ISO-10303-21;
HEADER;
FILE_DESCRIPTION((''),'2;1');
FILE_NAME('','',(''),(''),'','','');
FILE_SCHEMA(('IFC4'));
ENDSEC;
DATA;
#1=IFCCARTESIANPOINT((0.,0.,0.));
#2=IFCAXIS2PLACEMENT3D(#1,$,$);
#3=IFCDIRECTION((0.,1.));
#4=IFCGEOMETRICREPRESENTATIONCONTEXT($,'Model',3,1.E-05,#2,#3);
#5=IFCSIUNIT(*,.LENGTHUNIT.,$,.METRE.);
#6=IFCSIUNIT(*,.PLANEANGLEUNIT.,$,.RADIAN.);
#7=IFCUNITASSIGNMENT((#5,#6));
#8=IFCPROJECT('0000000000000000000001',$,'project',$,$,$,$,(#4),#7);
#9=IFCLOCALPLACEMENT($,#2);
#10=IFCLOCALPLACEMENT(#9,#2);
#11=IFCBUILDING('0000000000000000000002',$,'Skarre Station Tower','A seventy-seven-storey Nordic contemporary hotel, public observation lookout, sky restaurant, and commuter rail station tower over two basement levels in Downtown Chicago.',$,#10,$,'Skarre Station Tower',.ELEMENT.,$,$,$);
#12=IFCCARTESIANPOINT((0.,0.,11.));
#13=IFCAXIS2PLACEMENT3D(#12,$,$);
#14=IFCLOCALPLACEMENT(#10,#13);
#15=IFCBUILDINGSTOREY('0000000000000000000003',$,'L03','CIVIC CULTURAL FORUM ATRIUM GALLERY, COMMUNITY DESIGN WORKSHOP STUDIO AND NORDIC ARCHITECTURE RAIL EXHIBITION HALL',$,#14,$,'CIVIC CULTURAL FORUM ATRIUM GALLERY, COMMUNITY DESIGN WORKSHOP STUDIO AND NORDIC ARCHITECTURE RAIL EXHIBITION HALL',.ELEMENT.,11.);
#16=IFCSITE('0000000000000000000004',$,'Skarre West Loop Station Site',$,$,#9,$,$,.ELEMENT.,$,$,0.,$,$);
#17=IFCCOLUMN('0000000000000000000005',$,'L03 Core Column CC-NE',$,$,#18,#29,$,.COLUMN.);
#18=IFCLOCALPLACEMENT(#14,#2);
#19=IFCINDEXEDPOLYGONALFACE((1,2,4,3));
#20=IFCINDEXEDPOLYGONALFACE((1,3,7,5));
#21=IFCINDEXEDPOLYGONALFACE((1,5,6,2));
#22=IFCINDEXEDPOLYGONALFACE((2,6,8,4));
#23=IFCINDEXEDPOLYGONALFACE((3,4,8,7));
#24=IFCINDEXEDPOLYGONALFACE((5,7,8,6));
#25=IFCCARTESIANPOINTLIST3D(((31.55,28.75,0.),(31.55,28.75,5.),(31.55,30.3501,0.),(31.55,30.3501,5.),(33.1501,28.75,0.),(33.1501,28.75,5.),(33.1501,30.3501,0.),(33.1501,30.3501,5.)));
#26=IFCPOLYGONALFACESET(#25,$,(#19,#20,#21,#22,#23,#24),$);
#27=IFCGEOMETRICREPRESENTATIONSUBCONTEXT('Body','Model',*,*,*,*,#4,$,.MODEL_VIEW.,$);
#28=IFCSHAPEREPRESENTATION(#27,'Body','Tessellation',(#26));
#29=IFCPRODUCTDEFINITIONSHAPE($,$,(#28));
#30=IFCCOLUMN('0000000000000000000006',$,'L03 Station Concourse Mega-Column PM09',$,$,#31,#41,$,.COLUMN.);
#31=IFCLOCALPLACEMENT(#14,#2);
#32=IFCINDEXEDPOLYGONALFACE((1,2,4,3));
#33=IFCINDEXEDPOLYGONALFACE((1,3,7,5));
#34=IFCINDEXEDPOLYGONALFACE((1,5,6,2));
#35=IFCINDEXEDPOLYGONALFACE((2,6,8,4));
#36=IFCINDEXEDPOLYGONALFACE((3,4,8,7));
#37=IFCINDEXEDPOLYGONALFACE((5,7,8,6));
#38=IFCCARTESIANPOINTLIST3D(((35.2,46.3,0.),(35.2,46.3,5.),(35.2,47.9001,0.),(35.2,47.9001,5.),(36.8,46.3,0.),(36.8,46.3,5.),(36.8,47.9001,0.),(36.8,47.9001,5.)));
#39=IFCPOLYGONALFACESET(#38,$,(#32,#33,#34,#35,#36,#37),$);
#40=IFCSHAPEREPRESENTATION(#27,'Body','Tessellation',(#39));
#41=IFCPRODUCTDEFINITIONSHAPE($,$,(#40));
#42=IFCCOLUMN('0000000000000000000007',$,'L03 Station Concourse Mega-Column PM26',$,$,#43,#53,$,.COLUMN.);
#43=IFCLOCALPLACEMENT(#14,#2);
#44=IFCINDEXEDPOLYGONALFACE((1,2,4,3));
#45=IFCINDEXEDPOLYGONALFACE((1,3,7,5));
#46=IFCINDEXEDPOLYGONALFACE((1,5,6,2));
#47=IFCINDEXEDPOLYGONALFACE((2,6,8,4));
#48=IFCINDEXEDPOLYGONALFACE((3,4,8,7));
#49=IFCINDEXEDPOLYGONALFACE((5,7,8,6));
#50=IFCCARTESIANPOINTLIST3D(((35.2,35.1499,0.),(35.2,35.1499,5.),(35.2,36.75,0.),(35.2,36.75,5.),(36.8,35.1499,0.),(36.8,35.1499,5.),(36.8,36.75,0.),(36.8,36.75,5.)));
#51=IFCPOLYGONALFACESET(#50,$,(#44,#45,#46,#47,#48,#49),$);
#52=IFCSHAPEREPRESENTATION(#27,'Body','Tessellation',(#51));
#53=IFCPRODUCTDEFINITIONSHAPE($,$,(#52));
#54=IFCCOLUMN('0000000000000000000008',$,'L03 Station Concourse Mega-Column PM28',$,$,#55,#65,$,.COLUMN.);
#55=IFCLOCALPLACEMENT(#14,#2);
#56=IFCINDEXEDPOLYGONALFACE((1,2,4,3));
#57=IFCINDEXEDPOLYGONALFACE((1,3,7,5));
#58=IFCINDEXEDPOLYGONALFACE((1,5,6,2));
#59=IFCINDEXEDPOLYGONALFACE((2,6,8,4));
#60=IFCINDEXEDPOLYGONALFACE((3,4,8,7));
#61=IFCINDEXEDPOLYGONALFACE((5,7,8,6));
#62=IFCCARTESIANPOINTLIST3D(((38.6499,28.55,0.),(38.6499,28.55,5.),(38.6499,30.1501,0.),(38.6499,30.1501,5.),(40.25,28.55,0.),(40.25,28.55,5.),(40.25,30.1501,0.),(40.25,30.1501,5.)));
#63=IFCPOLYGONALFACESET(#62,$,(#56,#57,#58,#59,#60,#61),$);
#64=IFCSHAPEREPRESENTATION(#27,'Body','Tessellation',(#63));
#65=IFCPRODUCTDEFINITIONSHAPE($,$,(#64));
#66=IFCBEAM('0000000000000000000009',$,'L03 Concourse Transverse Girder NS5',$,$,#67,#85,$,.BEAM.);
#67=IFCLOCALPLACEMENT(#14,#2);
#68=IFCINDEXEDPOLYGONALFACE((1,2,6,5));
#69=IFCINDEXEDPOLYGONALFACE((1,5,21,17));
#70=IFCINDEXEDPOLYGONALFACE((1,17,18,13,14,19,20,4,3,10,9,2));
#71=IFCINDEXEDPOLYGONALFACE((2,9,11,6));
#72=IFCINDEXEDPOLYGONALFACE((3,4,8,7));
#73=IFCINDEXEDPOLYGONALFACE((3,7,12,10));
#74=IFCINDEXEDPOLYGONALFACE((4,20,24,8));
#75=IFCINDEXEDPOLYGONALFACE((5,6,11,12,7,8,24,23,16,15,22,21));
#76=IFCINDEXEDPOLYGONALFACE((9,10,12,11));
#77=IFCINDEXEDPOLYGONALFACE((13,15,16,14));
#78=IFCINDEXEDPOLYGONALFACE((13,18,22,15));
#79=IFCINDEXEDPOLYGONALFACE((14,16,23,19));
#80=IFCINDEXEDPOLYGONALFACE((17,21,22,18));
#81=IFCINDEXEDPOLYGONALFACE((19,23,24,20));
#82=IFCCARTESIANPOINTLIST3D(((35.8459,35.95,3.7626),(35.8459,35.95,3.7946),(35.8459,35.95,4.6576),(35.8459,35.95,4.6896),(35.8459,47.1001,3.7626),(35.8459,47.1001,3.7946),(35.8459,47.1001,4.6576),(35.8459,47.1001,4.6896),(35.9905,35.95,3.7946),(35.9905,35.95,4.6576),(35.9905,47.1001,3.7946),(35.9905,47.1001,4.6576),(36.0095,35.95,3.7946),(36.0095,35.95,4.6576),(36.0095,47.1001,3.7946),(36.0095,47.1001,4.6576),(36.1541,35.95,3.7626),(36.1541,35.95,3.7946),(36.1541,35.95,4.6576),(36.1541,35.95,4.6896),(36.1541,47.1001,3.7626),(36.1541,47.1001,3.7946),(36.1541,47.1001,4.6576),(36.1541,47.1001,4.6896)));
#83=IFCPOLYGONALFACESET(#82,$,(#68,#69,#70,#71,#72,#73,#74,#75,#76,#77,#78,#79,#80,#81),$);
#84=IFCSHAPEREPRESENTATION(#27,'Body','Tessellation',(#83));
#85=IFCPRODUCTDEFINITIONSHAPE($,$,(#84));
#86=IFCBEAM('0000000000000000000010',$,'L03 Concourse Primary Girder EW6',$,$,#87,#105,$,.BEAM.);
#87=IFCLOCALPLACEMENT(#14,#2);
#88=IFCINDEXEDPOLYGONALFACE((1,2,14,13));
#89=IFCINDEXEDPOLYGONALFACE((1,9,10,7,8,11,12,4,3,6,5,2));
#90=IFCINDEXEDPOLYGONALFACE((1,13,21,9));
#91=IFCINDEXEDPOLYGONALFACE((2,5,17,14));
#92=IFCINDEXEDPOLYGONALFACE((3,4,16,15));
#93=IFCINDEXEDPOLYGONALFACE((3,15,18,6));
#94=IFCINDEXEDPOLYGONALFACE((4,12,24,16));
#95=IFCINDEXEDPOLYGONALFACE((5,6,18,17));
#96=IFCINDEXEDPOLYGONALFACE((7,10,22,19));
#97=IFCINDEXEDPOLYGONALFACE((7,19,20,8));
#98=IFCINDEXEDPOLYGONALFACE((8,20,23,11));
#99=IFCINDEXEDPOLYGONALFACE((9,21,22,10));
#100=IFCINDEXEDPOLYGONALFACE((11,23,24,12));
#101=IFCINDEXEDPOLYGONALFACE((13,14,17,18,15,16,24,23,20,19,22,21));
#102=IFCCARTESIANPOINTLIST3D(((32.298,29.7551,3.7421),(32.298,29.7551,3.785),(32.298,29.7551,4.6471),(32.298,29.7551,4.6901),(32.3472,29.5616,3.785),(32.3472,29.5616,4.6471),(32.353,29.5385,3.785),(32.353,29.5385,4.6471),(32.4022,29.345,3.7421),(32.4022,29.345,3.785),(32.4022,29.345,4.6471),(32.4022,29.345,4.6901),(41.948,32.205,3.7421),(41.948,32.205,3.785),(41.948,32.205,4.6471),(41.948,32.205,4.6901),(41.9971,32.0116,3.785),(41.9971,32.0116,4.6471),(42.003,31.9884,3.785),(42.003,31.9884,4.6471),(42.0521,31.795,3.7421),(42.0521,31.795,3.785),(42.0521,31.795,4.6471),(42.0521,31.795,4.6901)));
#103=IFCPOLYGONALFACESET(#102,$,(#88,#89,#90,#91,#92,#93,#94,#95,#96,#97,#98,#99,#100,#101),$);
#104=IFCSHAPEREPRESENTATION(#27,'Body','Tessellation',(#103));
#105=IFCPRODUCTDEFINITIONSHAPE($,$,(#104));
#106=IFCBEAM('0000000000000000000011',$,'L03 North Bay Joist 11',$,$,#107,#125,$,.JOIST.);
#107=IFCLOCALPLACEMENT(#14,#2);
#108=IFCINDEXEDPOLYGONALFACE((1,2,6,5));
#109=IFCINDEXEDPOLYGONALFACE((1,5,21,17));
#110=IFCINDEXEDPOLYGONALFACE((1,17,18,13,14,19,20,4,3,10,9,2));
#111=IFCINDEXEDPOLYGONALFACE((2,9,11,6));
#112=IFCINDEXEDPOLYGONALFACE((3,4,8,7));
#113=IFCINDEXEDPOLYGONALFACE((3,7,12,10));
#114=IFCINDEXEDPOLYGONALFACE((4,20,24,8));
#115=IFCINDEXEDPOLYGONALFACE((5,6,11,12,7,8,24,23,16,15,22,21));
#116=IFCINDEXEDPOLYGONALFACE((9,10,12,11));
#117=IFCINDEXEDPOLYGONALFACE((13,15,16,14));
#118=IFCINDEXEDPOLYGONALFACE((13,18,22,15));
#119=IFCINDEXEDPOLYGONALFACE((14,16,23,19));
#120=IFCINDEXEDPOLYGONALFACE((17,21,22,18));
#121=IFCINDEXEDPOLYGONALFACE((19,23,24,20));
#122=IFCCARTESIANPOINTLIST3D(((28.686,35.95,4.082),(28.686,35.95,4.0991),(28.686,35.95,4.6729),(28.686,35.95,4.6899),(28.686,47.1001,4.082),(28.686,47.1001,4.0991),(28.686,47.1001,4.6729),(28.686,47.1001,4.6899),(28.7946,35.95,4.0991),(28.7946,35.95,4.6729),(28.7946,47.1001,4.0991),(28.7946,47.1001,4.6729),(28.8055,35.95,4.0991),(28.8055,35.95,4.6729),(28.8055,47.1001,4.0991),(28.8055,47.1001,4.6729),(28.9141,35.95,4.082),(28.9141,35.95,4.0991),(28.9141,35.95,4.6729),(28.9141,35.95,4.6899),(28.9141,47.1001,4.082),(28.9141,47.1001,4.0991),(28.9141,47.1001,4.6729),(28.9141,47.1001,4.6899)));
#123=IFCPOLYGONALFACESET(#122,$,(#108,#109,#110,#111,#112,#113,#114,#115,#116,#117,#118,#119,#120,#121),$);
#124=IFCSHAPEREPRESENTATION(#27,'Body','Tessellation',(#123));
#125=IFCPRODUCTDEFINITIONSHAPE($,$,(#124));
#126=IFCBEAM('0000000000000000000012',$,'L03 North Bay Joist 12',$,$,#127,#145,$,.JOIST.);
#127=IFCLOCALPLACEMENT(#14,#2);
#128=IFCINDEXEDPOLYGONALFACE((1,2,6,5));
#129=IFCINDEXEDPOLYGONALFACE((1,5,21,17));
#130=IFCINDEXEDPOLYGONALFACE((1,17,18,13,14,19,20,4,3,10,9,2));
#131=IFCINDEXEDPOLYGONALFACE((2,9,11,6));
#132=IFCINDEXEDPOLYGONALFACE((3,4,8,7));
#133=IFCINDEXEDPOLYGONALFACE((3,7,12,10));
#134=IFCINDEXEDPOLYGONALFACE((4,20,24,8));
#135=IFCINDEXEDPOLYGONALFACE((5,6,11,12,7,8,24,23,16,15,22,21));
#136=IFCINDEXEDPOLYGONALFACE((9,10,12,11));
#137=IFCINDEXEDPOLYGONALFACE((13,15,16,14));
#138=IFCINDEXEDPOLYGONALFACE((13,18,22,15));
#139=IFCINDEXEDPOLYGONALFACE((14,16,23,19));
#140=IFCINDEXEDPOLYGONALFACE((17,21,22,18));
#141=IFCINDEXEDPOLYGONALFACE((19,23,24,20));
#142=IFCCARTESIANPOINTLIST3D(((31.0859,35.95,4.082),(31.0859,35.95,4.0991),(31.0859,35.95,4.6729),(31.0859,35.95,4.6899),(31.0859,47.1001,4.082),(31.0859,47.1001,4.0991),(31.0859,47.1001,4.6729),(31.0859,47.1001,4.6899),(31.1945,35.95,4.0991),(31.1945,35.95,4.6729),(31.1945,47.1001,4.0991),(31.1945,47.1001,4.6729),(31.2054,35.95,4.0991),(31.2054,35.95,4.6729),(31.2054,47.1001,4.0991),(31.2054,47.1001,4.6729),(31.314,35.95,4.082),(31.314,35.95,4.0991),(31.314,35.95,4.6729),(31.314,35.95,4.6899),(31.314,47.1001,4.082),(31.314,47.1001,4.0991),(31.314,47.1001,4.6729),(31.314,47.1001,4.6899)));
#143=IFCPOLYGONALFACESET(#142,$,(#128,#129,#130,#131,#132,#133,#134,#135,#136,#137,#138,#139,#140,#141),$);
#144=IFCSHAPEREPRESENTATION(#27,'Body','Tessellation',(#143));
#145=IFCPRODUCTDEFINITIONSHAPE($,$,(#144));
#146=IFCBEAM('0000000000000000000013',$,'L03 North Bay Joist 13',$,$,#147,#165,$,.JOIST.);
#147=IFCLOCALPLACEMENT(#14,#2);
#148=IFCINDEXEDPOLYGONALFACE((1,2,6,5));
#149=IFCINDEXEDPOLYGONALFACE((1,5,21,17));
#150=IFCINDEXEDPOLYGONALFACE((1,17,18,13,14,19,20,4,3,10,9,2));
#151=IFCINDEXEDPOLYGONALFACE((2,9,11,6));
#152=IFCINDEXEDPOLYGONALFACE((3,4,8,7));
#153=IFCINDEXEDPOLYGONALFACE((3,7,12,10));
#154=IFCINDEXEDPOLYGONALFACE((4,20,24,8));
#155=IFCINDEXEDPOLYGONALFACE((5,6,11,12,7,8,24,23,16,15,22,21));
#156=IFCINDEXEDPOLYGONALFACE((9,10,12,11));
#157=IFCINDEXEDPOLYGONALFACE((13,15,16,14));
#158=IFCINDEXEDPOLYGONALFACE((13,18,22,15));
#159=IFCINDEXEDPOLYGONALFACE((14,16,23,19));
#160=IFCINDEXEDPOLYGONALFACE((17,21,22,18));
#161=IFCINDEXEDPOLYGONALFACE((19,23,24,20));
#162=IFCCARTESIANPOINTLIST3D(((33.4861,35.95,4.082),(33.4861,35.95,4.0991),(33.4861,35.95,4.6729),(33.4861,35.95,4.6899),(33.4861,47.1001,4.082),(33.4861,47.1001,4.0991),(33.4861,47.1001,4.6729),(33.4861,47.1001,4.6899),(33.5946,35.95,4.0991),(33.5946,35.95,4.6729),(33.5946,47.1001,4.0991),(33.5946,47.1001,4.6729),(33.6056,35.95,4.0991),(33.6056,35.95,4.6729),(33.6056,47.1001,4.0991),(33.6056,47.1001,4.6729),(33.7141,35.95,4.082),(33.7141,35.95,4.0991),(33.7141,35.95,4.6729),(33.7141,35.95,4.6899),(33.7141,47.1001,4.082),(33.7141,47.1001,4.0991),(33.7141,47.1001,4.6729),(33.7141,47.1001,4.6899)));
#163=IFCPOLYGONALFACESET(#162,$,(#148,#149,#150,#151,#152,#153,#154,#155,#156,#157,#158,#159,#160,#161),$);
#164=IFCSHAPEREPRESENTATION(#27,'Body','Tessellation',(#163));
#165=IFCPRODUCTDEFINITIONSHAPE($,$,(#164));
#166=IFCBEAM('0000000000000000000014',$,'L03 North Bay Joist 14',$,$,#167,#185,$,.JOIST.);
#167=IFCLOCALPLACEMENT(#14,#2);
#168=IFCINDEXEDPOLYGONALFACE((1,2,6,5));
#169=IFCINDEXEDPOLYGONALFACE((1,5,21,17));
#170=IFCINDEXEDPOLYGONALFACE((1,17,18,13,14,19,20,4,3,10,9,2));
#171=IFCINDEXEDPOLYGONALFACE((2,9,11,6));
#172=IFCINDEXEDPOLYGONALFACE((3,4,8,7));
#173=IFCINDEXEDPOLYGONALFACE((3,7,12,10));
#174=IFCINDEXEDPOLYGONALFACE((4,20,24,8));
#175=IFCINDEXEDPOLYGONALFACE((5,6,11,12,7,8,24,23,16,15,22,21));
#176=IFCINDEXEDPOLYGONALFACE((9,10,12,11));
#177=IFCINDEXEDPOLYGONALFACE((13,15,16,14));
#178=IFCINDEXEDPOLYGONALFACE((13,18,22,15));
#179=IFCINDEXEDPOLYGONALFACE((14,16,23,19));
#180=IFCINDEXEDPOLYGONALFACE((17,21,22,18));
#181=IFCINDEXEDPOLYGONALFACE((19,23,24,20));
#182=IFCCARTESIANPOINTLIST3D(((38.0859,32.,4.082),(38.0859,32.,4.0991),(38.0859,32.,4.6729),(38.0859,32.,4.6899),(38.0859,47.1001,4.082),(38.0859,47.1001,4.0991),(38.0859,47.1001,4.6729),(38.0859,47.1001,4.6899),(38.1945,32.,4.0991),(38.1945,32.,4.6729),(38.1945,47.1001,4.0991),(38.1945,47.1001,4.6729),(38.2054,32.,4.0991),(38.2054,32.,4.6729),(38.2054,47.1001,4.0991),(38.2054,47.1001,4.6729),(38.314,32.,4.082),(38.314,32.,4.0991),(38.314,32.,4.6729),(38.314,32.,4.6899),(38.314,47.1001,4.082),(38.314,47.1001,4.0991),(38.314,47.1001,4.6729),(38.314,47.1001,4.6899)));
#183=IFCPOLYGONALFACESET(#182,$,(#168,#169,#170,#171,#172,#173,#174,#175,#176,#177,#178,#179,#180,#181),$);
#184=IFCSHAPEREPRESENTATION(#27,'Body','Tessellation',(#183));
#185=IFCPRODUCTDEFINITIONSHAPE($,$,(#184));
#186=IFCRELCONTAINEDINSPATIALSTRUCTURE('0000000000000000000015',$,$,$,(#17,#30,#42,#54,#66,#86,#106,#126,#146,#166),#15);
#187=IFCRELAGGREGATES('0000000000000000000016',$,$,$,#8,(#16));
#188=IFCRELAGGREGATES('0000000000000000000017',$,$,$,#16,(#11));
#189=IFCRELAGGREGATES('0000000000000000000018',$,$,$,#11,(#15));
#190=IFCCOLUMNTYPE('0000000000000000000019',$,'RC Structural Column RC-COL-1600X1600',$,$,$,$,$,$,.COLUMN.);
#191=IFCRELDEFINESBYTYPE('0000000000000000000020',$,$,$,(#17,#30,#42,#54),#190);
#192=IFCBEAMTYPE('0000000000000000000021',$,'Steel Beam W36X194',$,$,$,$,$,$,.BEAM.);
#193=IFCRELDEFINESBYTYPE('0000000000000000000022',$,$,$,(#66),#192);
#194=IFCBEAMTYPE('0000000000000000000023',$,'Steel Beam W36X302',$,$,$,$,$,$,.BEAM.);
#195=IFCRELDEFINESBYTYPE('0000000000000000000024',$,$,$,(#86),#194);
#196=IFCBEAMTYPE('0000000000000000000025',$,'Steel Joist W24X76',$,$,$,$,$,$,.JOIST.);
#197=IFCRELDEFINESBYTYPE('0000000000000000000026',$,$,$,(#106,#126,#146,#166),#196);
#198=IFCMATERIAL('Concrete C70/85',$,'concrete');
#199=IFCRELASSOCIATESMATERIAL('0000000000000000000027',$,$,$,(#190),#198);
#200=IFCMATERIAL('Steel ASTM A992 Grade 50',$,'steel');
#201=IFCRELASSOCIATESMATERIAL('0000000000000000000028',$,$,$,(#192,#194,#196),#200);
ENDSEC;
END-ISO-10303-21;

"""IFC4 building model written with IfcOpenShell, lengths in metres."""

from ifc_helpers import new_model, si_unit, direction, frame, origin, origin_2d, place, context, subcontext, project, spatial, rectangle, i_section, extrude, material, material_profile, profile_set, type_object, element, save


model = new_model("IFC4")

# Units and contexts
model_context = context("Model", 3, precision=1e-05, world=origin(), true_north=direction((0.0, 1.0)))
body_context = subcontext(model_context, "Body", "Model", "MODEL_VIEW")
ifc_project = project(units=[si_unit("LENGTHUNIT", "METRE"), si_unit("PLANEANGLEUNIT", "RADIAN")], contexts=[model_context])

# Site, building, storey
site_placement = place(None, origin())
site = spatial("IfcSite", under=ifc_project, at=site_placement, Name="Skarre West Loop Station Site", CompositionType="ELEMENT", RefElevation=0.0)
building_placement = place(site_placement, origin())
building = spatial("IfcBuilding", under=site, at=building_placement, Name="Skarre Station Tower", Description="A seventy-seven-storey Nordic contemporary hotel, public observation lookout, sky restaurant, and commuter rail station tower over two basement levels in Downtown Chicago.", LongName="Skarre Station Tower", CompositionType="ELEMENT")
storey_placement = place(building_placement, frame((0.0, 0.0, 11.0)))
storey = spatial("IfcBuildingStorey", under=building, at=storey_placement, Name="L03", Description="CIVIC CULTURAL FORUM ATRIUM GALLERY, COMMUNITY DESIGN WORKSHOP STUDIO AND NORDIC ARCHITECTURE RAIL EXHIBITION HALL", LongName="CIVIC CULTURAL FORUM ATRIUM GALLERY, COMMUNITY DESIGN WORKSHOP STUDIO AND NORDIC ARCHITECTURE RAIL EXHIBITION HALL", CompositionType="ELEMENT", Elevation=11.0)

# Columns
ifc_material_1 = material(Name="Concrete C70/85", Category="concrete")
ifc_material_profile_1 = material_profile(ifc_material_1, rectangle(XDim=1.6001, YDim=1.6001, at=origin_2d()), Name="Concrete C70/85")
ifc_profile_set_1 = profile_set([ifc_material_profile_1], Name="Concrete C70/85")
column_type = type_object("IfcColumnType", Name="RC Structural Column RC-COL-1600X1600", PredefinedType="COLUMN", material=ifc_profile_set_1)
for number, where, z_axis, x_axis, name in (
    (1, (32.3501, 29.55, 0.0), (0.0, 0.0, 1.0), (1.0, 0.0, 0.0), "L03 Core Column CC-NE"),
    (2, (36.0, 47.1001, 0.0), (0.0, 0.0, 1.0), (1.0, 0.0, 0.0), "L03 Station Concourse Mega-Column PM09"),
    (3, (36.0, 35.95, 0.0), (0.0, 0.0, 1.0), (1.0, 0.0, 0.0), "L03 Station Concourse Mega-Column PM26"),
    (4, (39.45, 29.3501, 0.0), (0.0, 0.0, 1.0), (1.0, 0.0, 0.0), "L03 Station Concourse Mega-Column PM28"),
):
    element("IfcColumn", number, at=place(storey_placement, frame(where, z_axis=z_axis, x_axis=x_axis)), inside=storey, type_object=column_type, Name=name, PredefinedType="COLUMN", context=body_context, shape_type="SweptSolid", body=[
        extrude(rectangle(XDim=1.6001, YDim=1.6001, at=origin_2d()), origin(), (0.0, 0.0, 1.0), 5.0),
    ])

# Beams
ifc_material_2 = material(Name="Steel ASTM A992 Grade 50", Category="steel")
ifc_material_profile_2 = material_profile(ifc_material_2, i_section(OverallWidth=0.3081, OverallDepth=0.927, WebThickness=0.019, FlangeThickness=0.032, at=origin_2d()), Name="Steel ASTM A992 Grade 50")
ifc_profile_set_2 = profile_set([ifc_material_profile_2], Name="Steel ASTM A992 Grade 50")
beam_type_1 = type_object("IfcBeamType", Name="Steel Beam W36X194", PredefinedType="BEAM", material=ifc_profile_set_2)
beam_1_placement = place(storey_placement, frame((36.0, 35.95, 4.2261), z_axis=(0.0, 1.0, 0.0), x_axis=(-1.0, 0.0, 0.0)))
element("IfcBeam", 5, at=beam_1_placement, inside=storey, type_object=beam_type_1, Name="L03 Concourse Transverse Girder NS5", PredefinedType="BEAM", context=body_context, shape_type="SweptSolid", body=[
    extrude(i_section(OverallWidth=0.3081, OverallDepth=0.927, WebThickness=0.019, FlangeThickness=0.032, at=origin_2d()), origin(), (0.0, 0.0, 1.0), 11.1501),
])
ifc_material_profile_3 = material_profile(ifc_material_2, i_section(OverallWidth=0.4231, OverallDepth=0.948, WebThickness=0.0239, FlangeThickness=0.043, at=origin_2d()), Name="Steel ASTM A992 Grade 50")
ifc_profile_set_3 = profile_set([ifc_material_profile_3], Name="Steel ASTM A992 Grade 50")
beam_type_2 = type_object("IfcBeamType", Name="Steel Beam W36X302", PredefinedType="BEAM", material=ifc_profile_set_3)
beam_2_placement = place(storey_placement, frame((32.3501, 29.55, 4.2161), z_axis=(0.96925, 0.246077, 0.0), x_axis=(-0.246077, 0.96925, 0.0)))
element("IfcBeam", 6, at=beam_2_placement, inside=storey, type_object=beam_type_2, Name="L03 Concourse Primary Girder EW6", PredefinedType="BEAM", context=body_context, shape_type="SweptSolid", body=[
    extrude(i_section(OverallWidth=0.4231, OverallDepth=0.948, WebThickness=0.0239, FlangeThickness=0.043, at=origin_2d()), origin(), (0.0, 0.0, 1.0), 9.9561),
])
ifc_material_profile_4 = material_profile(ifc_material_2, i_section(OverallWidth=0.228, OverallDepth=0.6079, WebThickness=0.011, FlangeThickness=0.0171, at=origin_2d()), Name="Steel ASTM A992 Grade 50")
ifc_profile_set_4 = profile_set([ifc_material_profile_4], Name="Steel ASTM A992 Grade 50")
beam_type_3 = type_object("IfcBeamType", Name="Steel Joist W24X76", PredefinedType="JOIST", material=ifc_profile_set_4)
for number, where, z_axis, x_axis, name in (
    (7, (28.8, 35.95, 4.386), (0.0, 1.0, 0.0), (-1.0, 0.0, 0.0), "L03 North Bay Joist 11"),
    (8, (31.2, 35.95, 4.386), (0.0, 1.0, 0.0), (-1.0, 0.0, 0.0), "L03 North Bay Joist 12"),
    (9, (33.6001, 35.95, 4.386), (0.0, 1.0, 0.0), (-1.0, 0.0, 0.0), "L03 North Bay Joist 13"),
):
    element("IfcBeam", number, at=place(storey_placement, frame(where, z_axis=z_axis, x_axis=x_axis)), inside=storey, type_object=beam_type_3, Name=name, PredefinedType="JOIST", context=body_context, shape_type="SweptSolid", body=[
        extrude(i_section(OverallWidth=0.228, OverallDepth=0.6079, WebThickness=0.011, FlangeThickness=0.0171, at=origin_2d()), origin(), (0.0, 0.0, 1.0), 11.1501),
    ])
beam_3_placement = place(storey_placement, frame((38.2, 32.0, 4.386), z_axis=(0.0, 1.0, 0.0), x_axis=(-1.0, 0.0, 0.0)))
element("IfcBeam", 10, at=beam_3_placement, inside=storey, type_object=beam_type_3, Name="L03 North Bay Joist 14", PredefinedType="JOIST", context=body_context, shape_type="SweptSolid", body=[
    extrude(i_section(OverallWidth=0.228, OverallDepth=0.6079, WebThickness=0.011, FlangeThickness=0.0171, at=origin_2d()), origin(), (0.0, 0.0, 1.0), 15.1001),
])

save(model, "model.ifc")
